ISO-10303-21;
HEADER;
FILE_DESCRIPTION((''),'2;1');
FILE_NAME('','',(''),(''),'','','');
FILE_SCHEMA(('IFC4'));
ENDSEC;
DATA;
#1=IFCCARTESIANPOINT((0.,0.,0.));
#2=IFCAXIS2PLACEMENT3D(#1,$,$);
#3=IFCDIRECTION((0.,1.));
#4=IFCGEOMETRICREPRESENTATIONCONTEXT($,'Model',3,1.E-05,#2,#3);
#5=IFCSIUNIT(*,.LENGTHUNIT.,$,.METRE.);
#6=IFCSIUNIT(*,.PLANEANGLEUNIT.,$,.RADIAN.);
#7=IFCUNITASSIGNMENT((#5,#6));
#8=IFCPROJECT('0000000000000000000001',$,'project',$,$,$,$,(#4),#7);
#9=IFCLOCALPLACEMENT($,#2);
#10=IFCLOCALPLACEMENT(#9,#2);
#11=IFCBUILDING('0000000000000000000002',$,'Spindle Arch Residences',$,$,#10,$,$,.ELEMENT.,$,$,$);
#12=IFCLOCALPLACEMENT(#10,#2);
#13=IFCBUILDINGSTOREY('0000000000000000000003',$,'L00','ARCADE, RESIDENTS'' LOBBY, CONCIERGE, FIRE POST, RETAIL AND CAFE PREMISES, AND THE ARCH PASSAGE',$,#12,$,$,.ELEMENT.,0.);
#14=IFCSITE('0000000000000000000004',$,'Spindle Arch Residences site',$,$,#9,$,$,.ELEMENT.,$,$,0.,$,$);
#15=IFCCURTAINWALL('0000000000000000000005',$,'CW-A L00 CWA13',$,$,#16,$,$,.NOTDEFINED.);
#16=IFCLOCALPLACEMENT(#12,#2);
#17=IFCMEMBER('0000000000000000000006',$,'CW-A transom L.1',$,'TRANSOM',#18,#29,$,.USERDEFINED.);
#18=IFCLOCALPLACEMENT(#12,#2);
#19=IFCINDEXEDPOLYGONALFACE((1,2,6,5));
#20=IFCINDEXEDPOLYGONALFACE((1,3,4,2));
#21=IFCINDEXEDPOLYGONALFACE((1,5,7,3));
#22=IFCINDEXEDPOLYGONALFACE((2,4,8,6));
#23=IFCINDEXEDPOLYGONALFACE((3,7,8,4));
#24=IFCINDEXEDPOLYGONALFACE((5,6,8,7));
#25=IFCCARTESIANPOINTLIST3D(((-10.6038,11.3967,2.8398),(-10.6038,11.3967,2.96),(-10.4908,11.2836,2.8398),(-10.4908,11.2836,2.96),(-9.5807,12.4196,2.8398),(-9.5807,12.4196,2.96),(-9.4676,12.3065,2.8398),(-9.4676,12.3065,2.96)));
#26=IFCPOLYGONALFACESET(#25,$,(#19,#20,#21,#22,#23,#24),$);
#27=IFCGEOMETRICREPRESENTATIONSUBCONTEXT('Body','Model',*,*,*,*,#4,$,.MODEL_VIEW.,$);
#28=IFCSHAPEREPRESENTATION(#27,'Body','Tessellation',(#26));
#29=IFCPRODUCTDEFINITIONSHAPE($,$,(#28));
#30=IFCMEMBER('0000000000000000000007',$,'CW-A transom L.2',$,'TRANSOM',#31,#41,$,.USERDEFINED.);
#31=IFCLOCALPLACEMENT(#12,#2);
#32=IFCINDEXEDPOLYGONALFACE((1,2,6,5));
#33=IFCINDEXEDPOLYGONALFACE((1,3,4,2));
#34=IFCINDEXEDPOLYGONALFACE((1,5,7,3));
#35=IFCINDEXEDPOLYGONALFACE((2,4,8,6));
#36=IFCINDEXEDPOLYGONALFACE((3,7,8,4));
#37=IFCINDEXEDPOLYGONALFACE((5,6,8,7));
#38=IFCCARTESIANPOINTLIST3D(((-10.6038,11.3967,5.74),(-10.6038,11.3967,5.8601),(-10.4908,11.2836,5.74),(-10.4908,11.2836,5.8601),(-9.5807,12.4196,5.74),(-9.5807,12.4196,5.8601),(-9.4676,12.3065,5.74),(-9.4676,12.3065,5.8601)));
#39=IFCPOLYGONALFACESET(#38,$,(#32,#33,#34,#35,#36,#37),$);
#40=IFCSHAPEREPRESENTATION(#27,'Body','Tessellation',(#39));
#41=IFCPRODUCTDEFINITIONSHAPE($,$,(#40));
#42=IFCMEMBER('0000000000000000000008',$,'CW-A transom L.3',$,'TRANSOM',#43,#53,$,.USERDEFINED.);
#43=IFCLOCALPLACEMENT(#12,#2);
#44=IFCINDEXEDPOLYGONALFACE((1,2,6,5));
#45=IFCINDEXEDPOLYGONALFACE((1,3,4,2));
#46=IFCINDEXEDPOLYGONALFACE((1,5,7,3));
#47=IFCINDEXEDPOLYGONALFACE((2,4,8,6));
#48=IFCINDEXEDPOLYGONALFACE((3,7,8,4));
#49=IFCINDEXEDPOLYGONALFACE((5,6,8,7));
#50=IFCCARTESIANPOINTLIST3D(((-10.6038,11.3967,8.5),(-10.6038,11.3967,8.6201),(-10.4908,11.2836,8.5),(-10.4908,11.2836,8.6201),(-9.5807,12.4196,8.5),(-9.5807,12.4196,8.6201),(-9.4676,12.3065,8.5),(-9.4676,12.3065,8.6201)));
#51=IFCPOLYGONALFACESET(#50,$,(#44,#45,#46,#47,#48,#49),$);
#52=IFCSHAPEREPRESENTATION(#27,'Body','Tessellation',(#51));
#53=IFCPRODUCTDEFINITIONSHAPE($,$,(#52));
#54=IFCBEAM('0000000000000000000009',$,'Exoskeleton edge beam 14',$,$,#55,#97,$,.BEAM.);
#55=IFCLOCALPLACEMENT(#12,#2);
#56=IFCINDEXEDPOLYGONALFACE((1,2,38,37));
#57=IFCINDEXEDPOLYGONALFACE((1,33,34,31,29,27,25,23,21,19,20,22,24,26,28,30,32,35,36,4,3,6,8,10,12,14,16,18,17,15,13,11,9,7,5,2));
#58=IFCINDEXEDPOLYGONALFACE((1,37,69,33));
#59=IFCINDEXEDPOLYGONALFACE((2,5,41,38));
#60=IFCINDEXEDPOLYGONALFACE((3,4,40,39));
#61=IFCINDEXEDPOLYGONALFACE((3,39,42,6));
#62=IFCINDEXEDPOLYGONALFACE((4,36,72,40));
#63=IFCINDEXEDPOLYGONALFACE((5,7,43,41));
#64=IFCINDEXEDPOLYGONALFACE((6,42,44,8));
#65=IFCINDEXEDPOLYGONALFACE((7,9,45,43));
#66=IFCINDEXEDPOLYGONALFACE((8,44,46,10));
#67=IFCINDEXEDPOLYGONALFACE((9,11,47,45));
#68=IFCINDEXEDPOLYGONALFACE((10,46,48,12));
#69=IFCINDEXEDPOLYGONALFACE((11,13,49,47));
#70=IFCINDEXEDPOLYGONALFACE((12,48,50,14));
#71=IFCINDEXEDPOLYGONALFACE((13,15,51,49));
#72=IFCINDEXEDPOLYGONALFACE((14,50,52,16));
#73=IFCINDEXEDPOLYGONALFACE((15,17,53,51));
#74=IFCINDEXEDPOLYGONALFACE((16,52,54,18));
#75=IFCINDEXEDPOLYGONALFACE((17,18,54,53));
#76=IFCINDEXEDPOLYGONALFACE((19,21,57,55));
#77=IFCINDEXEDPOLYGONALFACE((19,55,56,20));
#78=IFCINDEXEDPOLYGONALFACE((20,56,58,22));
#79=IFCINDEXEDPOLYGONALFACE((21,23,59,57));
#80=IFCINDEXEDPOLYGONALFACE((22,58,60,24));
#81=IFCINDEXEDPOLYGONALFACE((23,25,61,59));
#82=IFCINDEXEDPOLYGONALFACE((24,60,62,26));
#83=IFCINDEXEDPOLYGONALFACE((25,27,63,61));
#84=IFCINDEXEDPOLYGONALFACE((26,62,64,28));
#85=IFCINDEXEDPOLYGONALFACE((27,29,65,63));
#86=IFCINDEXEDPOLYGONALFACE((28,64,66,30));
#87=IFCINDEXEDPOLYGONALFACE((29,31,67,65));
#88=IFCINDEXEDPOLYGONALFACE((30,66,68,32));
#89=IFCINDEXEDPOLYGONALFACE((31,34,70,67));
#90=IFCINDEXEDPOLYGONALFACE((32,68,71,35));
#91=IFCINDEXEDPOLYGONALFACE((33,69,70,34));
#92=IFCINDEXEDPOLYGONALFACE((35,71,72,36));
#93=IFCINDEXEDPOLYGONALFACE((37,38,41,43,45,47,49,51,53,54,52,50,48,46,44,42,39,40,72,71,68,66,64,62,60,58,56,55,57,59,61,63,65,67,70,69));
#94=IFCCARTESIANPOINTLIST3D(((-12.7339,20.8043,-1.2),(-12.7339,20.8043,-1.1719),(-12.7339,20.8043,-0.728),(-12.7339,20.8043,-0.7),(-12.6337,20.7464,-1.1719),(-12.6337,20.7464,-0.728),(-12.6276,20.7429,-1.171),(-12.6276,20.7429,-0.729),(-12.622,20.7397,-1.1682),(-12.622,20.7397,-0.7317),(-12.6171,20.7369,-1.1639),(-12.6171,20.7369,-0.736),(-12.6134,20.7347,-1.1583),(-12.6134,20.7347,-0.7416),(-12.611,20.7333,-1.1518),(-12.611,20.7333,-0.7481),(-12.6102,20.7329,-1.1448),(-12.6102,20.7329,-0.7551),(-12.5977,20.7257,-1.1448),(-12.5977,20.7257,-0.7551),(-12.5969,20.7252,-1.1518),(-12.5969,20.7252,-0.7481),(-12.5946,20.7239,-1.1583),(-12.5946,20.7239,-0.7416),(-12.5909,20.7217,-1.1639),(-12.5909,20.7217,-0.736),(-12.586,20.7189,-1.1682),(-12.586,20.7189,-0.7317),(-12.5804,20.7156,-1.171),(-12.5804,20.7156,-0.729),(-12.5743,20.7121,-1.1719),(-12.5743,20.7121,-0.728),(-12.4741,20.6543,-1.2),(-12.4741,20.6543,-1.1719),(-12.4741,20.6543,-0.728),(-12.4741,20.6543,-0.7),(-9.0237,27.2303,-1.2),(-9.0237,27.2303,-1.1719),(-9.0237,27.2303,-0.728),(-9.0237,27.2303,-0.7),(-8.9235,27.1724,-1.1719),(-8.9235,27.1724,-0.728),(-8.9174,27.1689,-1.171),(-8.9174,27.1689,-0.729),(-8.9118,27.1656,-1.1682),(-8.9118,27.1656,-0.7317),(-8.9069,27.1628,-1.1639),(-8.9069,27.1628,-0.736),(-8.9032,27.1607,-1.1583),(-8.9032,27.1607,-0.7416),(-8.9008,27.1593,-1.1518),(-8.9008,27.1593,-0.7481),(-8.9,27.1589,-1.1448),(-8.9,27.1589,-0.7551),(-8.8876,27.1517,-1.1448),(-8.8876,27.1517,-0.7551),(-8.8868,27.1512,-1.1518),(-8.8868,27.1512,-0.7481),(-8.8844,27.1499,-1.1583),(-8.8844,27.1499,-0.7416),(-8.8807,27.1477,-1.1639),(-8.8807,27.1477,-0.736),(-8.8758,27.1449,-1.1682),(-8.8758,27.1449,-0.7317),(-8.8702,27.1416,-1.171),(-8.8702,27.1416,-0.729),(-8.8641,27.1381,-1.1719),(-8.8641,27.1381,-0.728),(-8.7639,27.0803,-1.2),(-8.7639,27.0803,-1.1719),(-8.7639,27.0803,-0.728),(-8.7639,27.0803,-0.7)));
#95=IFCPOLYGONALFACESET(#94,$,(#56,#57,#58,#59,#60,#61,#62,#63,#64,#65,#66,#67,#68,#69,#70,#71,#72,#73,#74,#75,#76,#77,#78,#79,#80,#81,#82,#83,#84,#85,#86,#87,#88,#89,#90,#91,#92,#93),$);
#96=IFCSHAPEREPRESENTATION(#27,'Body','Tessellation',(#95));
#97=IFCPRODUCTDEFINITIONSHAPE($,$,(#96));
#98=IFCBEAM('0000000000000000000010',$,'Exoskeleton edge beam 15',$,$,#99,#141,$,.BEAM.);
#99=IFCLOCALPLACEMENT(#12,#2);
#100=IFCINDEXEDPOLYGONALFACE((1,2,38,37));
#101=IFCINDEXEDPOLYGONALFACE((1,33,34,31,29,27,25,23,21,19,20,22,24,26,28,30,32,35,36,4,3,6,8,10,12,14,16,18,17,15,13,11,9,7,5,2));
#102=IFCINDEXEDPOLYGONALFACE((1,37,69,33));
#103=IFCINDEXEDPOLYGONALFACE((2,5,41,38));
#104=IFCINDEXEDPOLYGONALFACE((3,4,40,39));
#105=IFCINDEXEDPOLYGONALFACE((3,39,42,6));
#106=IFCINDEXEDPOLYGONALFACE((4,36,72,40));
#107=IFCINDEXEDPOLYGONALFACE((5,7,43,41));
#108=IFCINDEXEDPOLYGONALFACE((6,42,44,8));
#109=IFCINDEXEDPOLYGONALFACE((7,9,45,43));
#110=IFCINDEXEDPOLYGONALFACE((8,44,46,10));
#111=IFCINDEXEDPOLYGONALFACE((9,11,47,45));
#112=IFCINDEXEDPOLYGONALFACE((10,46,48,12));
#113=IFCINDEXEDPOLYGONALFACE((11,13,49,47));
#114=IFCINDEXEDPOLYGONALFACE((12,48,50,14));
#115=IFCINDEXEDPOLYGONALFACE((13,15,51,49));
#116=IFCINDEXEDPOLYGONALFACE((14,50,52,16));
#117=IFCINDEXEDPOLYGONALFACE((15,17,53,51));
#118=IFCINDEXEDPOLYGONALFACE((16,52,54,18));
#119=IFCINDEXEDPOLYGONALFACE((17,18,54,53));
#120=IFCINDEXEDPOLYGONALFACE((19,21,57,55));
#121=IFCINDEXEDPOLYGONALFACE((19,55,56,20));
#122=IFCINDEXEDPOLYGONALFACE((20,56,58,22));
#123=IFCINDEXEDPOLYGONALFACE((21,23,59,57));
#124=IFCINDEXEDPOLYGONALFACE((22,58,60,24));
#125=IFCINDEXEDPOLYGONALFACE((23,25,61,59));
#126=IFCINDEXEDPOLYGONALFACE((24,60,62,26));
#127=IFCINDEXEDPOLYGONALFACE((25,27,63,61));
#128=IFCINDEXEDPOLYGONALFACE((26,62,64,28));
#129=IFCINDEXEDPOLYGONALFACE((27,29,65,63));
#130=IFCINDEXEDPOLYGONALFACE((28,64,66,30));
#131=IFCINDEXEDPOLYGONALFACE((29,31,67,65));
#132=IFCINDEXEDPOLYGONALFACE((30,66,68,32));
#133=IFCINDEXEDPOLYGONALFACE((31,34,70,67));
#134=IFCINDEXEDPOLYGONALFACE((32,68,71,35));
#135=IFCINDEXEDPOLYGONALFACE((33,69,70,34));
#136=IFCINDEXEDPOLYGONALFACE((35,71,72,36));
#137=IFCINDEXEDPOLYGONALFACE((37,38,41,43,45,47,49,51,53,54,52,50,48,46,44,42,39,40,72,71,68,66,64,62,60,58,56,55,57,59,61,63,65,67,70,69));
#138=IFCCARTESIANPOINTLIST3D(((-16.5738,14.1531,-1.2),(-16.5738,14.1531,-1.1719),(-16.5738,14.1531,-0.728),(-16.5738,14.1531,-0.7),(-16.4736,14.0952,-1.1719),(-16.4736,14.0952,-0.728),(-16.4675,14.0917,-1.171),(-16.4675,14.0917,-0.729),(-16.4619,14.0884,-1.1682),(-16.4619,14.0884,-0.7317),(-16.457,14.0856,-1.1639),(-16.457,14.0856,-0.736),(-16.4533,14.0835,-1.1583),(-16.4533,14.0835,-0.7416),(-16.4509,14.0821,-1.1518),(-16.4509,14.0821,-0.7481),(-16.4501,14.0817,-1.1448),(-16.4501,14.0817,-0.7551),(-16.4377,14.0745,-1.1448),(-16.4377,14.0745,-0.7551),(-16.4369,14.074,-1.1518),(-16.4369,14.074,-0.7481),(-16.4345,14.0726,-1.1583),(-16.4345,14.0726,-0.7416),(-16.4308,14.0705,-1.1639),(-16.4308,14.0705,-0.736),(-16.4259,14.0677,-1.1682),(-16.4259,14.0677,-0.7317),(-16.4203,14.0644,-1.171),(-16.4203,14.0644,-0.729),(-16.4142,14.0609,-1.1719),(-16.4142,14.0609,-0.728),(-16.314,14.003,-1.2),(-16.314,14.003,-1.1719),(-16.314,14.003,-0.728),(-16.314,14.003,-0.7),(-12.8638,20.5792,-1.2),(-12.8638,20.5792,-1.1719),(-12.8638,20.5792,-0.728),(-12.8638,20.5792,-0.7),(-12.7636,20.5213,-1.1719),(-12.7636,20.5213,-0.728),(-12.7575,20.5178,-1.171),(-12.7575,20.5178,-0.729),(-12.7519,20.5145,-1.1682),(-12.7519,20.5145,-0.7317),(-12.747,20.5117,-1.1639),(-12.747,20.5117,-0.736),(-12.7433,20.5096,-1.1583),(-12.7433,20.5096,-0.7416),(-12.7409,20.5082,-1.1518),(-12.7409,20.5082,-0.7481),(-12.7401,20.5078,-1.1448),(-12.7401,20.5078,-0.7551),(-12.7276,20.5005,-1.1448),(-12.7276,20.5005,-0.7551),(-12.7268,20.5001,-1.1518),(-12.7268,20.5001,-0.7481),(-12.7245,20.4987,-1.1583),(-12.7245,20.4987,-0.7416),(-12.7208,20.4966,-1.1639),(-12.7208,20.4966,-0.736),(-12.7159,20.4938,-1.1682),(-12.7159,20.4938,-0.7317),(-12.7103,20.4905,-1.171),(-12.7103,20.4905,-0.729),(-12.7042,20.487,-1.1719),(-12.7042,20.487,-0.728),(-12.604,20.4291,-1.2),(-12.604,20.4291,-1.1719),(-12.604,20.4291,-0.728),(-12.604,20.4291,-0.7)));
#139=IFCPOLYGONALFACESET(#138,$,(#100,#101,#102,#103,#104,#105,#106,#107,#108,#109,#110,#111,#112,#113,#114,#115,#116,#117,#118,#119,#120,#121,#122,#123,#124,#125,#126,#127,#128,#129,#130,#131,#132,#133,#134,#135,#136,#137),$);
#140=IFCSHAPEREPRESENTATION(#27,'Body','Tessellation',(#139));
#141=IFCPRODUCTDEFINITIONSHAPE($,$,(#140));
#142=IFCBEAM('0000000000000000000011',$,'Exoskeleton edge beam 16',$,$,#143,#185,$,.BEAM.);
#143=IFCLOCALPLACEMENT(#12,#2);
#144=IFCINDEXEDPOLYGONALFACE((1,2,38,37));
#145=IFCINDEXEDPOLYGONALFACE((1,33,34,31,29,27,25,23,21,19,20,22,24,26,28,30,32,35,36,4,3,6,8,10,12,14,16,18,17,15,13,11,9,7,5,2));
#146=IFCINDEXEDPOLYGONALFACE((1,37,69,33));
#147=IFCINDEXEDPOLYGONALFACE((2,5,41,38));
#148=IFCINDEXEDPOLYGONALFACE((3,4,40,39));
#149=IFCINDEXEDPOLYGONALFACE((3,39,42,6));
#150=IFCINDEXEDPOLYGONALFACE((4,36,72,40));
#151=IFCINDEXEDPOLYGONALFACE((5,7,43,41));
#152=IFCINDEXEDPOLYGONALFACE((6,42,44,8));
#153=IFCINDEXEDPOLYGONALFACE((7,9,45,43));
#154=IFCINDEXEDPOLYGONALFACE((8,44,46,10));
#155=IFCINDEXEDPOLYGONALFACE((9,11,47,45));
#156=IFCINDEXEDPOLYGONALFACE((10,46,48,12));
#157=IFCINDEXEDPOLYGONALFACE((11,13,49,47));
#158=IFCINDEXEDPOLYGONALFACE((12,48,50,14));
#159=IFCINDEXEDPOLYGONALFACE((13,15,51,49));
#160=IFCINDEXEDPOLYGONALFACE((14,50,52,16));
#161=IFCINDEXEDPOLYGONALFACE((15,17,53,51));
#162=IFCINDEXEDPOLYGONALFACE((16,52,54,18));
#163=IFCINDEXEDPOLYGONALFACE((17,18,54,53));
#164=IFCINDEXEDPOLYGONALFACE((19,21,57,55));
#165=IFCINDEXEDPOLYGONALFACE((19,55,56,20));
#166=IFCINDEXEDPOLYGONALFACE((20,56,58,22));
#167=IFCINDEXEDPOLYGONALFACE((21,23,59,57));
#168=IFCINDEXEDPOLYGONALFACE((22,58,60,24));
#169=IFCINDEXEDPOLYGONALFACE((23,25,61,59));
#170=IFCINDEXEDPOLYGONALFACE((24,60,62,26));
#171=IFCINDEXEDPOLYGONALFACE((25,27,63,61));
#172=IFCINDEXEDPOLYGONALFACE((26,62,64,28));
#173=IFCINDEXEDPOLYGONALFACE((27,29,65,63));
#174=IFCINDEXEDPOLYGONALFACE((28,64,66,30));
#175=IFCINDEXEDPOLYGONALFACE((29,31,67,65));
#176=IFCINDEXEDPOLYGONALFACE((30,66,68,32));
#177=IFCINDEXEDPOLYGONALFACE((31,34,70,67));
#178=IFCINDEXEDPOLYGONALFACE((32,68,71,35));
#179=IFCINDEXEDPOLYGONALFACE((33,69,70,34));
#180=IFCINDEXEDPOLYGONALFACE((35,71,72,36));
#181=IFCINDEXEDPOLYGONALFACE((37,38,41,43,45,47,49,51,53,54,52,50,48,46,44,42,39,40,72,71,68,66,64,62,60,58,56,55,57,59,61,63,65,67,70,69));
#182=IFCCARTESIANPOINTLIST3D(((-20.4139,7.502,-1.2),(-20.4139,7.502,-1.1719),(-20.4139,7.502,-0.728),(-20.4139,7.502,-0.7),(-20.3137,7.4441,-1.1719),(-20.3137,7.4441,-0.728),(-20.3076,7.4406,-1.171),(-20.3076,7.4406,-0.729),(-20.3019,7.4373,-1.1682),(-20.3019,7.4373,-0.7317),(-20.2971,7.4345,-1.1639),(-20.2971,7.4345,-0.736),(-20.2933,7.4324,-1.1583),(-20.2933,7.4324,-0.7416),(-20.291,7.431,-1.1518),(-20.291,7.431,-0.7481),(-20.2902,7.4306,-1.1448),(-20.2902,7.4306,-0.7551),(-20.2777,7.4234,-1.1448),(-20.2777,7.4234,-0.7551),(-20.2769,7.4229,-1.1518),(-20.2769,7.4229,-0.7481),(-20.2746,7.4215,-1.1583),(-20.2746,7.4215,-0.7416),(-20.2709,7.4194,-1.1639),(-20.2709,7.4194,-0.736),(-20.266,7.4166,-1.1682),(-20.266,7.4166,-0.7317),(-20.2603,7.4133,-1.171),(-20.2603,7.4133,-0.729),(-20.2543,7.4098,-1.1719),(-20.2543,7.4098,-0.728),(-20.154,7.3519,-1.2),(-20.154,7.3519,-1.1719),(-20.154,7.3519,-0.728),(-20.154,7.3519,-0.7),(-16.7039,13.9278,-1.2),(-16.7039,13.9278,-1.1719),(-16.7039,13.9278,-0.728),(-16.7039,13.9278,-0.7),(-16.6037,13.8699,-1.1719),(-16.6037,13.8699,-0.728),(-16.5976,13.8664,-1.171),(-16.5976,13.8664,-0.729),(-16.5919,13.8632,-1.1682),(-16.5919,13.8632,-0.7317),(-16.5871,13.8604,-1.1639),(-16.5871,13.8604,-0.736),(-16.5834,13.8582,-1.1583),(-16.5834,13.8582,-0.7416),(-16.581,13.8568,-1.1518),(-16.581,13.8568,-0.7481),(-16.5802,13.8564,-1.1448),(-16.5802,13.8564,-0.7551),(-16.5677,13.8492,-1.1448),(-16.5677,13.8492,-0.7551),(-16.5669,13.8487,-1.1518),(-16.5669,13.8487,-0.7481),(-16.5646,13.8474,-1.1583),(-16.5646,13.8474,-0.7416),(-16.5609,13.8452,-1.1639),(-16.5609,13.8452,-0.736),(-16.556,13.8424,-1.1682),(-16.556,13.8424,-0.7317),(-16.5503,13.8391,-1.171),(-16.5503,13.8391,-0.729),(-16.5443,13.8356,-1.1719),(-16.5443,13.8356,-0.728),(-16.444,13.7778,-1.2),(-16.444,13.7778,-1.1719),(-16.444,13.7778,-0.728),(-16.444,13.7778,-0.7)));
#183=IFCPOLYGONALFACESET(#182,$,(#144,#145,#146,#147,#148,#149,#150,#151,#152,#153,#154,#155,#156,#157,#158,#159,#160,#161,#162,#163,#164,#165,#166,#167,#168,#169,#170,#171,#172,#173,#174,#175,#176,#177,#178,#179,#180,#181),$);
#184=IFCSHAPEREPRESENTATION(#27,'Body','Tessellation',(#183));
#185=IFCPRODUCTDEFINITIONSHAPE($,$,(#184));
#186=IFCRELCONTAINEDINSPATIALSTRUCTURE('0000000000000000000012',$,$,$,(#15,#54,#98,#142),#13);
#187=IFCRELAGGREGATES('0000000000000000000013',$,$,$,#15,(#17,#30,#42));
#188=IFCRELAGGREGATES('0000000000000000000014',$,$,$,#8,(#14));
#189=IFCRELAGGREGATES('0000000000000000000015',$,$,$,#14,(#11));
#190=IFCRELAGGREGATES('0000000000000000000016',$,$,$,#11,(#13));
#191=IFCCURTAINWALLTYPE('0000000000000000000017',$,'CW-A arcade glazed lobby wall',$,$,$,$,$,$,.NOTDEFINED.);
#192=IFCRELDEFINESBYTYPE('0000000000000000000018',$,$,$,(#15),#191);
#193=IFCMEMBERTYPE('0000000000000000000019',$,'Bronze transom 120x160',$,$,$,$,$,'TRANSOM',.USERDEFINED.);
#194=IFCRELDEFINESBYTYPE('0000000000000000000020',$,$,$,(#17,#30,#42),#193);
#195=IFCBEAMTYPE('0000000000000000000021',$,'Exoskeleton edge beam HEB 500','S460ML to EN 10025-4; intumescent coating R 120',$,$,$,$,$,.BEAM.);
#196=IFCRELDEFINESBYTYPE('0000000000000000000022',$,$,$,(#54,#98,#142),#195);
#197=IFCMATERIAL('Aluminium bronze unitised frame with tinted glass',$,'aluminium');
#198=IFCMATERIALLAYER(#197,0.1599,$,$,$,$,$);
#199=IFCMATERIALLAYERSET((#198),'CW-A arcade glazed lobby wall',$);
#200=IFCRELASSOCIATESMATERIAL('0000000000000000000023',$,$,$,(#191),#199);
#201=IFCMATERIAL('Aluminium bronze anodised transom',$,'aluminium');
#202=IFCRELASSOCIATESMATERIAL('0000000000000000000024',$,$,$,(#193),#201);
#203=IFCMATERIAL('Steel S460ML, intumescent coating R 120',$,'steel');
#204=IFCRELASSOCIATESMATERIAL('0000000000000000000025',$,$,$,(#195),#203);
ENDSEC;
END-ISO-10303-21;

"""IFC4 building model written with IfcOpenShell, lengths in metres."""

from ifc_helpers import new_model, si_unit, direction, frame, origin, origin_2d, place, context, subcontext, project, spatial, rectangle, i_section, extrude, material, layer, layer_set, material_profile, profile_set, type_object, element, aggregate, save


model = new_model("IFC4")

# Units and contexts
model_context = context("Model", 3, precision=1e-05, world=origin(), true_north=direction((0.0, 1.0)))
body_context = subcontext(model_context, "Body", "Model", "MODEL_VIEW")
ifc_project = project(units=[si_unit("LENGTHUNIT", "METRE"), si_unit("PLANEANGLEUNIT", "RADIAN")], contexts=[model_context])

# Site, building, storey
site_placement = place(None, origin())
site = spatial("IfcSite", under=ifc_project, at=site_placement, Name="Spindle Arch Residences site", CompositionType="ELEMENT", RefElevation=0.0)
building_placement = place(site_placement, origin())
building = spatial("IfcBuilding", under=site, at=building_placement, Name="Spindle Arch Residences", CompositionType="ELEMENT")
storey_placement = place(building_placement, origin())
storey = spatial("IfcBuildingStorey", under=building, at=storey_placement, Name="L00", Description="ARCADE, RESIDENTS' LOBBY, CONCIERGE, FIRE POST, RETAIL AND CAFE PREMISES, AND THE ARCH PASSAGE", CompositionType="ELEMENT", Elevation=0.0)

# Curtain wall, members
ifc_material_1 = material(Name="Aluminium bronze unitised frame with tinted glass", Category="aluminium")
ifc_layer_1 = layer(ifc_material_1, 0.1599)
ifc_layer_set_1 = layer_set([ifc_layer_1], Name="CW-A arcade glazed lobby wall")
curtain_wall_type = type_object("IfcCurtainWallType", Name="CW-A arcade glazed lobby wall", PredefinedType="NOTDEFINED", material=ifc_layer_set_1)
curtain_wall_1_placement = place(storey_placement, origin())
curtain_wall_1 = element("IfcCurtainWall", 1, at=curtain_wall_1_placement, inside=storey, type_object=curtain_wall_type, Name="CW-A L00 CWA13", PredefinedType="NOTDEFINED")
ifc_material_2 = material(Name="Aluminium bronze anodised transom", Category="aluminium")
ifc_material_profile_1 = material_profile(ifc_material_2, rectangle(XDim=0.1599, YDim=0.1201, at=origin_2d()), Name="TR 120x160")
ifc_profile_set_1 = profile_set([ifc_material_profile_1], Name="Aluminium bronze anodised transom")
member_type_1 = type_object("IfcMemberType", Name="Bronze transom 120x160", ElementType="TRANSOM", PredefinedType="USERDEFINED", material=ifc_profile_set_1)
member_1_placement = place(storey_placement, frame((-9.5242, 12.363, 2.8999), z_axis=(-0.707191, -0.707022, 0.0), x_axis=(0.707022, -0.707191, 0.0)))
member_1 = element("IfcMember", 2, at=member_1_placement, type_object=member_type_1, Name="CW-A transom L.1", ObjectType="TRANSOM", PredefinedType="USERDEFINED", context=body_context, shape_type="SweptSolid", body=[
    extrude(rectangle(XDim=0.1599, YDim=0.1201, at=origin_2d()), origin(), (0.0, 0.0, 1.0), 1.4468),
])
member_2_placement = place(storey_placement, frame((-9.5242, 12.363, 5.8), z_axis=(-0.707191, -0.707022, 0.0), x_axis=(0.707022, -0.707191, 0.0)))
member_2 = element("IfcMember", 3, at=member_2_placement, type_object=member_type_1, Name="CW-A transom L.2", ObjectType="TRANSOM", PredefinedType="USERDEFINED", context=body_context, shape_type="SweptSolid", body=[
    extrude(rectangle(XDim=0.1599, YDim=0.1201, at=origin_2d()), origin(), (0.0, 0.0, 1.0), 1.4468),
])
member_3_placement = place(storey_placement, frame((-9.5242, 12.363, 8.5601), z_axis=(-0.707191, -0.707022, 0.0), x_axis=(0.707022, -0.707191, 0.0)))
member_3 = element("IfcMember", 4, at=member_3_placement, type_object=member_type_1, Name="CW-A transom L.3", ObjectType="TRANSOM", PredefinedType="USERDEFINED", context=body_context, shape_type="SweptSolid", body=[
    extrude(rectangle(XDim=0.1599, YDim=0.1201, at=origin_2d()), origin(), (0.0, 0.0, 1.0), 1.4468),
])

# Beams
ifc_material_3 = material(Name="Steel S460ML, intumescent coating R 120", Category="steel")
ifc_material_profile_2 = material_profile(ifc_material_3, i_section(OverallWidth=0.3, OverallDepth=0.5, WebThickness=0.0144, FlangeThickness=0.0281, FilletRadius=0.0271, at=origin_2d()), Name="HEB 500")
ifc_profile_set_2 = profile_set([ifc_material_profile_2], Name="Steel S460ML, intumescent coating R 120")
beam_type_1 = type_object("IfcBeamType", Name="Exoskeleton edge beam HEB 500", Description="S460ML to EN 10025-4; intumescent coating R 120", PredefinedType="BEAM", material=ifc_profile_set_2)
for number, where, z_axis, x_axis, name in (
    (5, (-8.8938, 27.1553, -0.95), (-0.500014, -0.866017, 0.0), (0.866017, -0.500014, 0.0), "Exoskeleton edge beam 14"),
    (6, (-12.7339, 20.5042, -0.95), (-0.499989, -0.866032, 0.0), (0.866032, -0.499989, 0.0), "Exoskeleton edge beam 15"),
):
    element("IfcBeam", number, at=place(storey_placement, frame(where, z_axis=z_axis, x_axis=x_axis)), inside=storey, type_object=beam_type_1, Name=name, PredefinedType="BEAM", context=body_context, shape_type="SweptSolid", body=[
        extrude(i_section(OverallWidth=0.3, OverallDepth=0.5, WebThickness=0.0144, FlangeThickness=0.0281, FilletRadius=0.0271, at=origin_2d()), origin(), (0.0, 0.0, 1.0), 7.4202),
    ])
beam_1_placement = place(storey_placement, frame((-16.574, 13.8528, -0.95), z_axis=(-0.500003, -0.866023, 0.0), x_axis=(0.866023, -0.500003, 0.0)))
element("IfcBeam", 7, at=beam_1_placement, inside=storey, type_object=beam_type_1, Name="Exoskeleton edge beam 16", PredefinedType="BEAM", context=body_context, shape_type="SweptSolid", body=[
    extrude(i_section(OverallWidth=0.3, OverallDepth=0.5, WebThickness=0.0144, FlangeThickness=0.0281, FilletRadius=0.0271, at=origin_2d()), origin(), (0.0, 0.0, 1.0), 7.4199),
])

aggregate(curtain_wall_1, [member_1, member_2, member_3])

save(model, "model.ifc")
